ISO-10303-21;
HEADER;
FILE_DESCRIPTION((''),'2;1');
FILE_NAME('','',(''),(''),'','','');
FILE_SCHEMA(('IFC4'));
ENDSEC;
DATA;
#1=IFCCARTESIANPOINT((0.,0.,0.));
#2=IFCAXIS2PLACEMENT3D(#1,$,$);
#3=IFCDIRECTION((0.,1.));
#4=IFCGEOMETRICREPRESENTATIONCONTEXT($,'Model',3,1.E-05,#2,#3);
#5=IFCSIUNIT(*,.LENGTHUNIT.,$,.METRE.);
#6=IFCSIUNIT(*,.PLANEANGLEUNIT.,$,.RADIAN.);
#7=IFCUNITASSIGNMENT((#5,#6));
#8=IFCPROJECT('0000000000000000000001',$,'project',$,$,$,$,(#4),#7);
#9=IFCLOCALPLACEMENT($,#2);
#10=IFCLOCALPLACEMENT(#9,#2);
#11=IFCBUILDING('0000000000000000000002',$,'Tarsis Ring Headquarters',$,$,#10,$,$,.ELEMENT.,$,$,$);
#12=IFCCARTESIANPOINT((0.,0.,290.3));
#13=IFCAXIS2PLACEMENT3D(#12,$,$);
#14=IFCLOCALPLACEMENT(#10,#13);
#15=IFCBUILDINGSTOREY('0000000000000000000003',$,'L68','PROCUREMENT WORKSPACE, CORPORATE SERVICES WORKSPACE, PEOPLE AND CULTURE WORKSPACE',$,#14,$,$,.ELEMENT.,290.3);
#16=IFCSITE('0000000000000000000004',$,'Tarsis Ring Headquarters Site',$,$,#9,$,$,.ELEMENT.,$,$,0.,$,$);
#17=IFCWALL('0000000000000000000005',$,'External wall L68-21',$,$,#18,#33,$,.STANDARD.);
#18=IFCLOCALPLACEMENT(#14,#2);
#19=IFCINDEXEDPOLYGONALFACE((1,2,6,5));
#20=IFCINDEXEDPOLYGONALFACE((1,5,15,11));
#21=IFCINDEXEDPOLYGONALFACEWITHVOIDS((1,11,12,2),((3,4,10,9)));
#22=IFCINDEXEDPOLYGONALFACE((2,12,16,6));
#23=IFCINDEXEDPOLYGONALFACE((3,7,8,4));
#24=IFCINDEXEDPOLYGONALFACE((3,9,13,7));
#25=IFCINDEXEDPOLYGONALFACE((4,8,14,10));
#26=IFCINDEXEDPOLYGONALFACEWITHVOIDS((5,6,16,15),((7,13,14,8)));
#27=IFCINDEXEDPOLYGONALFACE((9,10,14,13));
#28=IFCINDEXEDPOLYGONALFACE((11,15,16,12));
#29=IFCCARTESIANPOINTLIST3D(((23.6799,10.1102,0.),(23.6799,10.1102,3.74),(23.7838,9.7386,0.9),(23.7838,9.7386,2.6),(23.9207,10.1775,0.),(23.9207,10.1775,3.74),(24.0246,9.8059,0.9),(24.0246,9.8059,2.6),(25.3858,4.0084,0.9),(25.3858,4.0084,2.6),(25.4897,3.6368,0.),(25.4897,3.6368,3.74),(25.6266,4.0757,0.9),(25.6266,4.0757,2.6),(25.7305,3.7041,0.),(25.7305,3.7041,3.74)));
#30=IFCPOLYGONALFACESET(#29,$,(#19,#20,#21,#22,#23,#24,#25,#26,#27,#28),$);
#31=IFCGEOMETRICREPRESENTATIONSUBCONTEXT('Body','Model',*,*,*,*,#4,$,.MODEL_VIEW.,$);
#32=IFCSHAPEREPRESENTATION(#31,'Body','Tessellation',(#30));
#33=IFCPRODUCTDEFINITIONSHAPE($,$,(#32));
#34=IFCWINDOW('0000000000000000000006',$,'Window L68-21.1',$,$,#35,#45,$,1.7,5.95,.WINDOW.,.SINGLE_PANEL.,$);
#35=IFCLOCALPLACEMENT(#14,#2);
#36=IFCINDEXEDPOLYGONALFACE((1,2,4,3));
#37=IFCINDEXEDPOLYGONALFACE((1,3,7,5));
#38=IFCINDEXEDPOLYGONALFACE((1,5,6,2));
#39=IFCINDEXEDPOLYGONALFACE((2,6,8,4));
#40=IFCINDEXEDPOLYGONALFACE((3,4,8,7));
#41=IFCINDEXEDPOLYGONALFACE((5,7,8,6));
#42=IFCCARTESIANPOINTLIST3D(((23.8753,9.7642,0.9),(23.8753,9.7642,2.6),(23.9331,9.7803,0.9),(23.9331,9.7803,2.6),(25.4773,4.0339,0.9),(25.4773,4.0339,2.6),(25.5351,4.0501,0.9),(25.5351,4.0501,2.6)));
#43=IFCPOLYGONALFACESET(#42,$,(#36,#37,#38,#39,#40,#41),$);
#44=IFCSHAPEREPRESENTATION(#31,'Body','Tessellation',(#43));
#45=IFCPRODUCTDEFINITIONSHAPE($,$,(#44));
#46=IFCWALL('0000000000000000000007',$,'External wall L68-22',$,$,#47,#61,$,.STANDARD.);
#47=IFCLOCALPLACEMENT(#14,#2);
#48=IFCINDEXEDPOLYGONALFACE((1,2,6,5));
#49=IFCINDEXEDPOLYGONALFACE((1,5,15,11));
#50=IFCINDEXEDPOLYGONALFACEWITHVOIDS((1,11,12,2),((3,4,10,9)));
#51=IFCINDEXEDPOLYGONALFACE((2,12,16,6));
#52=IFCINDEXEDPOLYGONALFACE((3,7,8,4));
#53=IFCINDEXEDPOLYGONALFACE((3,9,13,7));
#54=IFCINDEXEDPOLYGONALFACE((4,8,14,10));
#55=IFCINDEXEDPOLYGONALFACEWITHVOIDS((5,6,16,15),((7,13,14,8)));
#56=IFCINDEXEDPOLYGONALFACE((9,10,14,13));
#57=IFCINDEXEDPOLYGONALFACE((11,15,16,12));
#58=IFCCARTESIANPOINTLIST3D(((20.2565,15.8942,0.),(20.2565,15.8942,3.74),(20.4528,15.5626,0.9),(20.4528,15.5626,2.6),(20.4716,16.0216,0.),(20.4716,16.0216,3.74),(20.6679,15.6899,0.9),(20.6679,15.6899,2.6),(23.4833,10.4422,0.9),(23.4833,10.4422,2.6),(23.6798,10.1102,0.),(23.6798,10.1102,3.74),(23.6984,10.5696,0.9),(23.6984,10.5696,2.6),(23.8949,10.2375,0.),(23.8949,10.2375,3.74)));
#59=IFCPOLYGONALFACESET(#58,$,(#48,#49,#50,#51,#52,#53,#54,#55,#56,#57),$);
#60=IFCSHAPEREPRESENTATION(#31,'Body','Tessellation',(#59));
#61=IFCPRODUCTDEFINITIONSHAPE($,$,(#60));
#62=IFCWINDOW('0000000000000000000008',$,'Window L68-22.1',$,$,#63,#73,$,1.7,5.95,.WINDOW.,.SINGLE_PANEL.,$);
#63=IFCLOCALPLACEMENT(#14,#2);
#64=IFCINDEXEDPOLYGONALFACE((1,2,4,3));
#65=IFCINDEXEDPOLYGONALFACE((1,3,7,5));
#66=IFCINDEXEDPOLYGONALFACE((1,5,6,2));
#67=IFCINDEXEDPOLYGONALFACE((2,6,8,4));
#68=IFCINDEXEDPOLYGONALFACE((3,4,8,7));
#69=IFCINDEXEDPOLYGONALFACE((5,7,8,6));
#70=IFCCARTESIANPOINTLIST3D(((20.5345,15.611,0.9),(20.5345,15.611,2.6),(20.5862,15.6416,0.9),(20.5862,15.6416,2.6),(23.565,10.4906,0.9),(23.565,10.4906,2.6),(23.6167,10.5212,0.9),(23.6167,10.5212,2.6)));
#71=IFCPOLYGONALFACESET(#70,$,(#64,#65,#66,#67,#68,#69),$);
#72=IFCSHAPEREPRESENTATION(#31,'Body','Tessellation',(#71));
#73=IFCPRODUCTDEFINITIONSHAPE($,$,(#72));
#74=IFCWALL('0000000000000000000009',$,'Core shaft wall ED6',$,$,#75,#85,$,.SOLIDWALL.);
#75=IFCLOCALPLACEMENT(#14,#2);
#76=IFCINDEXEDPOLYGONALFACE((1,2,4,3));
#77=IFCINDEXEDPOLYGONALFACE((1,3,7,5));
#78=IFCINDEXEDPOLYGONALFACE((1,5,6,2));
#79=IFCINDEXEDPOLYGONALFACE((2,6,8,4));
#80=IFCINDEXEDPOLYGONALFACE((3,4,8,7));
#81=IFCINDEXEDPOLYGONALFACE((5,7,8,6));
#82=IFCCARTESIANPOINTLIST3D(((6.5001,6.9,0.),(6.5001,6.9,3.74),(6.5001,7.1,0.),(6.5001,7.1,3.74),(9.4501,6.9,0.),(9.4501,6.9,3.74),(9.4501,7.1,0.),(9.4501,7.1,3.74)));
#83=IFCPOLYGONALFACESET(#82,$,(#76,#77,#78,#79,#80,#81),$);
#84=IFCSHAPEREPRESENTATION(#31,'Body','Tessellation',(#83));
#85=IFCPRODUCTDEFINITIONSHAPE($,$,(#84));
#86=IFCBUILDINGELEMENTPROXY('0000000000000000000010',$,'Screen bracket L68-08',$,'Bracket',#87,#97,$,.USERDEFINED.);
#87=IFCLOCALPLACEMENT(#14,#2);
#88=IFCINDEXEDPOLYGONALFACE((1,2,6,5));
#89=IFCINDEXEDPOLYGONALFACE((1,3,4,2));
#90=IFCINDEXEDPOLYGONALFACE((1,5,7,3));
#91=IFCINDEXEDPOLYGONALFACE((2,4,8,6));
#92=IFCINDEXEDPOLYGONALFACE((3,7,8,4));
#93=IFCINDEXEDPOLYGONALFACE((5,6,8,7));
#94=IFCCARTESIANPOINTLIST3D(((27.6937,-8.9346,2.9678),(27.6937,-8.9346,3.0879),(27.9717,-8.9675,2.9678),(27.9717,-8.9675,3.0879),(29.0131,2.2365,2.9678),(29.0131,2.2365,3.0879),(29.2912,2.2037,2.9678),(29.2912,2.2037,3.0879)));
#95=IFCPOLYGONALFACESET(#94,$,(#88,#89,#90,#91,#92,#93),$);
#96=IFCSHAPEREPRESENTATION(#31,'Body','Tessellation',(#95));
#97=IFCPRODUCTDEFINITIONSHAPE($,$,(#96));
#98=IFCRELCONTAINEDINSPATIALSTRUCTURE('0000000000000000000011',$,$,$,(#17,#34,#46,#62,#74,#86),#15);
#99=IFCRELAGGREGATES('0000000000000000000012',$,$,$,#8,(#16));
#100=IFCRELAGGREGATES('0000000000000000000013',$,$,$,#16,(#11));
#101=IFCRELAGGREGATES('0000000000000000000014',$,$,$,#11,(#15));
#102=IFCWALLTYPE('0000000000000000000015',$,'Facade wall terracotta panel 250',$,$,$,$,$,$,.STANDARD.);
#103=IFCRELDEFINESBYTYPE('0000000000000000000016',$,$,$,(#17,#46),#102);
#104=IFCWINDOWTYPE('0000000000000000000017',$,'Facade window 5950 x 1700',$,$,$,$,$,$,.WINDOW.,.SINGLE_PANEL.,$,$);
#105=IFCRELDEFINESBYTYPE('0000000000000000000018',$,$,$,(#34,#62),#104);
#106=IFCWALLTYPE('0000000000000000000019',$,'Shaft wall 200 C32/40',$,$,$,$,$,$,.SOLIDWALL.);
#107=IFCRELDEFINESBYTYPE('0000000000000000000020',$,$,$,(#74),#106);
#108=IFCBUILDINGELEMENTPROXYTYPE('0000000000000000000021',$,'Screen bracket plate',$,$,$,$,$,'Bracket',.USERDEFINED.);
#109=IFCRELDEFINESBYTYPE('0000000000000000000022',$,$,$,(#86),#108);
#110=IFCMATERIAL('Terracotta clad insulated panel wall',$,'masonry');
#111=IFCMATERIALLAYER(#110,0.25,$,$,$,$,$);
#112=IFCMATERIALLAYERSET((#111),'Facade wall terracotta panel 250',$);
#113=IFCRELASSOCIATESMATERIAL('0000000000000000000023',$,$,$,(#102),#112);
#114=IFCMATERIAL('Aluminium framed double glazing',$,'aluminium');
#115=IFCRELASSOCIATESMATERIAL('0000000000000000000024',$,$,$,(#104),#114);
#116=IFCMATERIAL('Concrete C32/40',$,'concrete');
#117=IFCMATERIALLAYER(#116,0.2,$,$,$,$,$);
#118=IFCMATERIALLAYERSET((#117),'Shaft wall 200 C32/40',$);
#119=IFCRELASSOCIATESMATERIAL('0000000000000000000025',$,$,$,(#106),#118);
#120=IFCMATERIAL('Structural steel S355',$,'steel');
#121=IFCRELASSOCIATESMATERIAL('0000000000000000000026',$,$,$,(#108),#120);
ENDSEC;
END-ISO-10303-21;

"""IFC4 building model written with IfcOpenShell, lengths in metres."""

from ifc_helpers import new_model, si_unit, direction, frame, frame_2d, origin, origin_2d, place, context, subcontext, project, spatial, rectangle, extrude, material, layer, layer_set, type_object, element, fill, save


model = new_model("IFC4")

# Units and contexts
model_context = context("Model", 3, precision=1e-05, world=origin(), true_north=direction((0.0, 1.0)))
body_context = subcontext(model_context, "Body", "Model", "MODEL_VIEW")
ifc_project = project(units=[si_unit("LENGTHUNIT", "METRE"), si_unit("PLANEANGLEUNIT", "RADIAN")], contexts=[model_context])

# Site, building, storey
site_placement = place(None, origin())
site = spatial("IfcSite", under=ifc_project, at=site_placement, Name="Tarsis Ring Headquarters Site", CompositionType="ELEMENT", RefElevation=0.0)
building_placement = place(site_placement, origin())
building = spatial("IfcBuilding", under=site, at=building_placement, Name="Tarsis Ring Headquarters", CompositionType="ELEMENT")
storey_placement = place(building_placement, frame((0.0, 0.0, 290.3)))
storey = spatial("IfcBuildingStorey", under=building, at=storey_placement, Name="L68", Description="PROCUREMENT WORKSPACE, CORPORATE SERVICES WORKSPACE, PEOPLE AND CULTURE WORKSPACE", CompositionType="ELEMENT", Elevation=290.3)

# Shared definitions
ifc_material_1 = material(Name="Structural steel S355", Category="steel")

# Walls, openings, windows
ifc_material_2 = material(Name="Terracotta clad insulated panel wall", Category="masonry")
ifc_layer_1 = layer(ifc_material_2, 0.25)
ifc_layer_set_1 = layer_set([ifc_layer_1], Name="Facade wall terracotta panel 250")
wall_type_1 = type_object("IfcWallType", Name="Facade wall terracotta panel 250", PredefinedType="STANDARD", material=ifc_layer_set_1)
ifc_material_3 = material(Name="Aluminium framed double glazing", Category="aluminium")
window_type = type_object("IfcWindowType", Name="Facade window 5950 x 1700", PartitioningType="SINGLE_PANEL", PredefinedType="WINDOW", material=ifc_material_3)
wall_1_placement = place(storey_placement, frame((25.6101, 3.6704, 0.0), z_axis=(0.0, 0.0, 1.0), x_axis=(-0.269253, 0.96307, 0.0)))
wall_1 = element("IfcWall", 1, at=wall_1_placement, inside=storey, type_object=wall_type_1, Name="External wall L68-21", PredefinedType="STANDARD", context=body_context, shape_type="SweptSolid", body=[
    extrude(rectangle(XDim=6.7217, YDim=0.25, at=frame_2d((3.3608, 0.0))), origin(), (0.0, 0.0, 1.0), 3.74),
])
opening_1_placement = place(wall_1_placement, frame((0.3857, 0.0, 0.8999)))
opening_1 = element("IfcOpeningElement", 2, at=opening_1_placement, cuts=wall_1, PredefinedType="OPENING", context=body_context, shape_type="SweptSolid", body=[
    extrude(rectangle(XDim=5.95, YDim=1.7, at=frame_2d((2.9751, 0.8501))), frame((0.0, 0.135, 0.0), z_axis=(0.0, -1.0, 0.0), x_axis=(1.0, 0.0, 0.0)), (0.0, 0.0, 1.0), 0.27),
])
window_1_placement = place(opening_1_placement, origin())
window_1 = element("IfcWindow", 3, at=window_1_placement, inside=storey, type_object=window_type, Name="Window L68-21.1", OverallHeight=1.7, OverallWidth=5.95, PartitioningType="SINGLE_PANEL", PredefinedType="WINDOW", context=body_context, shape_type="SweptSolid", body=[
    extrude(rectangle(XDim=5.95, YDim=1.7, at=frame_2d((2.9751, 0.8501))), frame((0.0, 0.03, 0.0), z_axis=(0.0, -1.0, 0.0), x_axis=(1.0, 0.0, 0.0)), (0.0, 0.0, 1.0), 0.0601),
])
fill(opening_1, window_1)
wall_2_placement = place(storey_placement, frame((23.7874, 10.1738, 0.0), z_axis=(0.0, 0.0, 1.0), x_axis=(-0.509326, 0.860573, 0.0)))
wall_2 = element("IfcWall", 4, at=wall_2_placement, inside=storey, type_object=wall_type_1, Name="External wall L68-22", PredefinedType="STANDARD", context=body_context, shape_type="SweptSolid", body=[
    extrude(rectangle(XDim=6.7212, YDim=0.25, at=frame_2d((3.3606, 0.0))), origin(), (0.0, 0.0, 1.0), 3.74),
])
opening_2_placement = place(wall_2_placement, frame((0.3857, 0.0, 0.8999)))
opening_2 = element("IfcOpeningElement", 5, at=opening_2_placement, cuts=wall_2, PredefinedType="OPENING", context=body_context, shape_type="SweptSolid", body=[
    extrude(rectangle(XDim=5.95, YDim=1.7, at=frame_2d((2.9751, 0.8501))), frame((0.0, 0.135, 0.0), z_axis=(0.0, -1.0, 0.0), x_axis=(1.0, 0.0, 0.0)), (0.0, 0.0, 1.0), 0.27),
])
window_2_placement = place(opening_2_placement, origin())
window_2 = element("IfcWindow", 6, at=window_2_placement, inside=storey, type_object=window_type, Name="Window L68-22.1", OverallHeight=1.7, OverallWidth=5.95, PartitioningType="SINGLE_PANEL", PredefinedType="WINDOW", context=body_context, shape_type="SweptSolid", body=[
    extrude(rectangle(XDim=5.95, YDim=1.7, at=frame_2d((2.9751, 0.8501))), frame((0.0, 0.03, 0.0), z_axis=(0.0, -1.0, 0.0), x_axis=(1.0, 0.0, 0.0)), (0.0, 0.0, 1.0), 0.0601),
])
fill(opening_2, window_2)

# Wall
ifc_material_4 = material(Name="Concrete C32/40", Category="concrete")
ifc_layer_2 = layer(ifc_material_4, 0.2)
ifc_layer_set_2 = layer_set([ifc_layer_2], Name="Shaft wall 200 C32/40")
wall_type_2 = type_object("IfcWallType", Name="Shaft wall 200 C32/40", PredefinedType="SOLIDWALL", material=ifc_layer_set_2)
wall_3_placement = place(storey_placement, frame((6.5, 7.0, 0.0), z_axis=(0.0, 0.0, 1.0), x_axis=(1.0, 0.0, 0.0)))
element("IfcWall", 7, at=wall_3_placement, inside=storey, type_object=wall_type_2, Name="Core shaft wall ED6", PredefinedType="SOLIDWALL", context=body_context, shape_type="SweptSolid", body=[
    extrude(rectangle(XDim=2.95, YDim=0.2, at=frame_2d((1.4751, 0.0))), origin(), (0.0, 0.0, 1.0), 3.74),
])

# Building element proxy
building_element_proxy_type = type_object("IfcBuildingElementProxyType", Name="Screen bracket plate", ElementType="Bracket", PredefinedType="USERDEFINED", material=ifc_material_1)
proxy_placement = place(storey_placement, frame((28.4924, -3.3655, 2.9678), z_axis=(0.0, 0.0, 1.0), x_axis=(0.117299, 0.993097, 0.0)))
element("IfcBuildingElementProxy", 8, at=proxy_placement, inside=storey, type_object=building_element_proxy_type, Name="Screen bracket L68-08", ObjectType="Bracket", PredefinedType="USERDEFINED", context=body_context, shape_type="SweptSolid", body=[
    extrude(rectangle(XDim=11.2488, YDim=0.28, at=origin_2d()), origin(), (0.0, 0.0, 1.0), 0.1201),
])

save(model, "model.ifc")
